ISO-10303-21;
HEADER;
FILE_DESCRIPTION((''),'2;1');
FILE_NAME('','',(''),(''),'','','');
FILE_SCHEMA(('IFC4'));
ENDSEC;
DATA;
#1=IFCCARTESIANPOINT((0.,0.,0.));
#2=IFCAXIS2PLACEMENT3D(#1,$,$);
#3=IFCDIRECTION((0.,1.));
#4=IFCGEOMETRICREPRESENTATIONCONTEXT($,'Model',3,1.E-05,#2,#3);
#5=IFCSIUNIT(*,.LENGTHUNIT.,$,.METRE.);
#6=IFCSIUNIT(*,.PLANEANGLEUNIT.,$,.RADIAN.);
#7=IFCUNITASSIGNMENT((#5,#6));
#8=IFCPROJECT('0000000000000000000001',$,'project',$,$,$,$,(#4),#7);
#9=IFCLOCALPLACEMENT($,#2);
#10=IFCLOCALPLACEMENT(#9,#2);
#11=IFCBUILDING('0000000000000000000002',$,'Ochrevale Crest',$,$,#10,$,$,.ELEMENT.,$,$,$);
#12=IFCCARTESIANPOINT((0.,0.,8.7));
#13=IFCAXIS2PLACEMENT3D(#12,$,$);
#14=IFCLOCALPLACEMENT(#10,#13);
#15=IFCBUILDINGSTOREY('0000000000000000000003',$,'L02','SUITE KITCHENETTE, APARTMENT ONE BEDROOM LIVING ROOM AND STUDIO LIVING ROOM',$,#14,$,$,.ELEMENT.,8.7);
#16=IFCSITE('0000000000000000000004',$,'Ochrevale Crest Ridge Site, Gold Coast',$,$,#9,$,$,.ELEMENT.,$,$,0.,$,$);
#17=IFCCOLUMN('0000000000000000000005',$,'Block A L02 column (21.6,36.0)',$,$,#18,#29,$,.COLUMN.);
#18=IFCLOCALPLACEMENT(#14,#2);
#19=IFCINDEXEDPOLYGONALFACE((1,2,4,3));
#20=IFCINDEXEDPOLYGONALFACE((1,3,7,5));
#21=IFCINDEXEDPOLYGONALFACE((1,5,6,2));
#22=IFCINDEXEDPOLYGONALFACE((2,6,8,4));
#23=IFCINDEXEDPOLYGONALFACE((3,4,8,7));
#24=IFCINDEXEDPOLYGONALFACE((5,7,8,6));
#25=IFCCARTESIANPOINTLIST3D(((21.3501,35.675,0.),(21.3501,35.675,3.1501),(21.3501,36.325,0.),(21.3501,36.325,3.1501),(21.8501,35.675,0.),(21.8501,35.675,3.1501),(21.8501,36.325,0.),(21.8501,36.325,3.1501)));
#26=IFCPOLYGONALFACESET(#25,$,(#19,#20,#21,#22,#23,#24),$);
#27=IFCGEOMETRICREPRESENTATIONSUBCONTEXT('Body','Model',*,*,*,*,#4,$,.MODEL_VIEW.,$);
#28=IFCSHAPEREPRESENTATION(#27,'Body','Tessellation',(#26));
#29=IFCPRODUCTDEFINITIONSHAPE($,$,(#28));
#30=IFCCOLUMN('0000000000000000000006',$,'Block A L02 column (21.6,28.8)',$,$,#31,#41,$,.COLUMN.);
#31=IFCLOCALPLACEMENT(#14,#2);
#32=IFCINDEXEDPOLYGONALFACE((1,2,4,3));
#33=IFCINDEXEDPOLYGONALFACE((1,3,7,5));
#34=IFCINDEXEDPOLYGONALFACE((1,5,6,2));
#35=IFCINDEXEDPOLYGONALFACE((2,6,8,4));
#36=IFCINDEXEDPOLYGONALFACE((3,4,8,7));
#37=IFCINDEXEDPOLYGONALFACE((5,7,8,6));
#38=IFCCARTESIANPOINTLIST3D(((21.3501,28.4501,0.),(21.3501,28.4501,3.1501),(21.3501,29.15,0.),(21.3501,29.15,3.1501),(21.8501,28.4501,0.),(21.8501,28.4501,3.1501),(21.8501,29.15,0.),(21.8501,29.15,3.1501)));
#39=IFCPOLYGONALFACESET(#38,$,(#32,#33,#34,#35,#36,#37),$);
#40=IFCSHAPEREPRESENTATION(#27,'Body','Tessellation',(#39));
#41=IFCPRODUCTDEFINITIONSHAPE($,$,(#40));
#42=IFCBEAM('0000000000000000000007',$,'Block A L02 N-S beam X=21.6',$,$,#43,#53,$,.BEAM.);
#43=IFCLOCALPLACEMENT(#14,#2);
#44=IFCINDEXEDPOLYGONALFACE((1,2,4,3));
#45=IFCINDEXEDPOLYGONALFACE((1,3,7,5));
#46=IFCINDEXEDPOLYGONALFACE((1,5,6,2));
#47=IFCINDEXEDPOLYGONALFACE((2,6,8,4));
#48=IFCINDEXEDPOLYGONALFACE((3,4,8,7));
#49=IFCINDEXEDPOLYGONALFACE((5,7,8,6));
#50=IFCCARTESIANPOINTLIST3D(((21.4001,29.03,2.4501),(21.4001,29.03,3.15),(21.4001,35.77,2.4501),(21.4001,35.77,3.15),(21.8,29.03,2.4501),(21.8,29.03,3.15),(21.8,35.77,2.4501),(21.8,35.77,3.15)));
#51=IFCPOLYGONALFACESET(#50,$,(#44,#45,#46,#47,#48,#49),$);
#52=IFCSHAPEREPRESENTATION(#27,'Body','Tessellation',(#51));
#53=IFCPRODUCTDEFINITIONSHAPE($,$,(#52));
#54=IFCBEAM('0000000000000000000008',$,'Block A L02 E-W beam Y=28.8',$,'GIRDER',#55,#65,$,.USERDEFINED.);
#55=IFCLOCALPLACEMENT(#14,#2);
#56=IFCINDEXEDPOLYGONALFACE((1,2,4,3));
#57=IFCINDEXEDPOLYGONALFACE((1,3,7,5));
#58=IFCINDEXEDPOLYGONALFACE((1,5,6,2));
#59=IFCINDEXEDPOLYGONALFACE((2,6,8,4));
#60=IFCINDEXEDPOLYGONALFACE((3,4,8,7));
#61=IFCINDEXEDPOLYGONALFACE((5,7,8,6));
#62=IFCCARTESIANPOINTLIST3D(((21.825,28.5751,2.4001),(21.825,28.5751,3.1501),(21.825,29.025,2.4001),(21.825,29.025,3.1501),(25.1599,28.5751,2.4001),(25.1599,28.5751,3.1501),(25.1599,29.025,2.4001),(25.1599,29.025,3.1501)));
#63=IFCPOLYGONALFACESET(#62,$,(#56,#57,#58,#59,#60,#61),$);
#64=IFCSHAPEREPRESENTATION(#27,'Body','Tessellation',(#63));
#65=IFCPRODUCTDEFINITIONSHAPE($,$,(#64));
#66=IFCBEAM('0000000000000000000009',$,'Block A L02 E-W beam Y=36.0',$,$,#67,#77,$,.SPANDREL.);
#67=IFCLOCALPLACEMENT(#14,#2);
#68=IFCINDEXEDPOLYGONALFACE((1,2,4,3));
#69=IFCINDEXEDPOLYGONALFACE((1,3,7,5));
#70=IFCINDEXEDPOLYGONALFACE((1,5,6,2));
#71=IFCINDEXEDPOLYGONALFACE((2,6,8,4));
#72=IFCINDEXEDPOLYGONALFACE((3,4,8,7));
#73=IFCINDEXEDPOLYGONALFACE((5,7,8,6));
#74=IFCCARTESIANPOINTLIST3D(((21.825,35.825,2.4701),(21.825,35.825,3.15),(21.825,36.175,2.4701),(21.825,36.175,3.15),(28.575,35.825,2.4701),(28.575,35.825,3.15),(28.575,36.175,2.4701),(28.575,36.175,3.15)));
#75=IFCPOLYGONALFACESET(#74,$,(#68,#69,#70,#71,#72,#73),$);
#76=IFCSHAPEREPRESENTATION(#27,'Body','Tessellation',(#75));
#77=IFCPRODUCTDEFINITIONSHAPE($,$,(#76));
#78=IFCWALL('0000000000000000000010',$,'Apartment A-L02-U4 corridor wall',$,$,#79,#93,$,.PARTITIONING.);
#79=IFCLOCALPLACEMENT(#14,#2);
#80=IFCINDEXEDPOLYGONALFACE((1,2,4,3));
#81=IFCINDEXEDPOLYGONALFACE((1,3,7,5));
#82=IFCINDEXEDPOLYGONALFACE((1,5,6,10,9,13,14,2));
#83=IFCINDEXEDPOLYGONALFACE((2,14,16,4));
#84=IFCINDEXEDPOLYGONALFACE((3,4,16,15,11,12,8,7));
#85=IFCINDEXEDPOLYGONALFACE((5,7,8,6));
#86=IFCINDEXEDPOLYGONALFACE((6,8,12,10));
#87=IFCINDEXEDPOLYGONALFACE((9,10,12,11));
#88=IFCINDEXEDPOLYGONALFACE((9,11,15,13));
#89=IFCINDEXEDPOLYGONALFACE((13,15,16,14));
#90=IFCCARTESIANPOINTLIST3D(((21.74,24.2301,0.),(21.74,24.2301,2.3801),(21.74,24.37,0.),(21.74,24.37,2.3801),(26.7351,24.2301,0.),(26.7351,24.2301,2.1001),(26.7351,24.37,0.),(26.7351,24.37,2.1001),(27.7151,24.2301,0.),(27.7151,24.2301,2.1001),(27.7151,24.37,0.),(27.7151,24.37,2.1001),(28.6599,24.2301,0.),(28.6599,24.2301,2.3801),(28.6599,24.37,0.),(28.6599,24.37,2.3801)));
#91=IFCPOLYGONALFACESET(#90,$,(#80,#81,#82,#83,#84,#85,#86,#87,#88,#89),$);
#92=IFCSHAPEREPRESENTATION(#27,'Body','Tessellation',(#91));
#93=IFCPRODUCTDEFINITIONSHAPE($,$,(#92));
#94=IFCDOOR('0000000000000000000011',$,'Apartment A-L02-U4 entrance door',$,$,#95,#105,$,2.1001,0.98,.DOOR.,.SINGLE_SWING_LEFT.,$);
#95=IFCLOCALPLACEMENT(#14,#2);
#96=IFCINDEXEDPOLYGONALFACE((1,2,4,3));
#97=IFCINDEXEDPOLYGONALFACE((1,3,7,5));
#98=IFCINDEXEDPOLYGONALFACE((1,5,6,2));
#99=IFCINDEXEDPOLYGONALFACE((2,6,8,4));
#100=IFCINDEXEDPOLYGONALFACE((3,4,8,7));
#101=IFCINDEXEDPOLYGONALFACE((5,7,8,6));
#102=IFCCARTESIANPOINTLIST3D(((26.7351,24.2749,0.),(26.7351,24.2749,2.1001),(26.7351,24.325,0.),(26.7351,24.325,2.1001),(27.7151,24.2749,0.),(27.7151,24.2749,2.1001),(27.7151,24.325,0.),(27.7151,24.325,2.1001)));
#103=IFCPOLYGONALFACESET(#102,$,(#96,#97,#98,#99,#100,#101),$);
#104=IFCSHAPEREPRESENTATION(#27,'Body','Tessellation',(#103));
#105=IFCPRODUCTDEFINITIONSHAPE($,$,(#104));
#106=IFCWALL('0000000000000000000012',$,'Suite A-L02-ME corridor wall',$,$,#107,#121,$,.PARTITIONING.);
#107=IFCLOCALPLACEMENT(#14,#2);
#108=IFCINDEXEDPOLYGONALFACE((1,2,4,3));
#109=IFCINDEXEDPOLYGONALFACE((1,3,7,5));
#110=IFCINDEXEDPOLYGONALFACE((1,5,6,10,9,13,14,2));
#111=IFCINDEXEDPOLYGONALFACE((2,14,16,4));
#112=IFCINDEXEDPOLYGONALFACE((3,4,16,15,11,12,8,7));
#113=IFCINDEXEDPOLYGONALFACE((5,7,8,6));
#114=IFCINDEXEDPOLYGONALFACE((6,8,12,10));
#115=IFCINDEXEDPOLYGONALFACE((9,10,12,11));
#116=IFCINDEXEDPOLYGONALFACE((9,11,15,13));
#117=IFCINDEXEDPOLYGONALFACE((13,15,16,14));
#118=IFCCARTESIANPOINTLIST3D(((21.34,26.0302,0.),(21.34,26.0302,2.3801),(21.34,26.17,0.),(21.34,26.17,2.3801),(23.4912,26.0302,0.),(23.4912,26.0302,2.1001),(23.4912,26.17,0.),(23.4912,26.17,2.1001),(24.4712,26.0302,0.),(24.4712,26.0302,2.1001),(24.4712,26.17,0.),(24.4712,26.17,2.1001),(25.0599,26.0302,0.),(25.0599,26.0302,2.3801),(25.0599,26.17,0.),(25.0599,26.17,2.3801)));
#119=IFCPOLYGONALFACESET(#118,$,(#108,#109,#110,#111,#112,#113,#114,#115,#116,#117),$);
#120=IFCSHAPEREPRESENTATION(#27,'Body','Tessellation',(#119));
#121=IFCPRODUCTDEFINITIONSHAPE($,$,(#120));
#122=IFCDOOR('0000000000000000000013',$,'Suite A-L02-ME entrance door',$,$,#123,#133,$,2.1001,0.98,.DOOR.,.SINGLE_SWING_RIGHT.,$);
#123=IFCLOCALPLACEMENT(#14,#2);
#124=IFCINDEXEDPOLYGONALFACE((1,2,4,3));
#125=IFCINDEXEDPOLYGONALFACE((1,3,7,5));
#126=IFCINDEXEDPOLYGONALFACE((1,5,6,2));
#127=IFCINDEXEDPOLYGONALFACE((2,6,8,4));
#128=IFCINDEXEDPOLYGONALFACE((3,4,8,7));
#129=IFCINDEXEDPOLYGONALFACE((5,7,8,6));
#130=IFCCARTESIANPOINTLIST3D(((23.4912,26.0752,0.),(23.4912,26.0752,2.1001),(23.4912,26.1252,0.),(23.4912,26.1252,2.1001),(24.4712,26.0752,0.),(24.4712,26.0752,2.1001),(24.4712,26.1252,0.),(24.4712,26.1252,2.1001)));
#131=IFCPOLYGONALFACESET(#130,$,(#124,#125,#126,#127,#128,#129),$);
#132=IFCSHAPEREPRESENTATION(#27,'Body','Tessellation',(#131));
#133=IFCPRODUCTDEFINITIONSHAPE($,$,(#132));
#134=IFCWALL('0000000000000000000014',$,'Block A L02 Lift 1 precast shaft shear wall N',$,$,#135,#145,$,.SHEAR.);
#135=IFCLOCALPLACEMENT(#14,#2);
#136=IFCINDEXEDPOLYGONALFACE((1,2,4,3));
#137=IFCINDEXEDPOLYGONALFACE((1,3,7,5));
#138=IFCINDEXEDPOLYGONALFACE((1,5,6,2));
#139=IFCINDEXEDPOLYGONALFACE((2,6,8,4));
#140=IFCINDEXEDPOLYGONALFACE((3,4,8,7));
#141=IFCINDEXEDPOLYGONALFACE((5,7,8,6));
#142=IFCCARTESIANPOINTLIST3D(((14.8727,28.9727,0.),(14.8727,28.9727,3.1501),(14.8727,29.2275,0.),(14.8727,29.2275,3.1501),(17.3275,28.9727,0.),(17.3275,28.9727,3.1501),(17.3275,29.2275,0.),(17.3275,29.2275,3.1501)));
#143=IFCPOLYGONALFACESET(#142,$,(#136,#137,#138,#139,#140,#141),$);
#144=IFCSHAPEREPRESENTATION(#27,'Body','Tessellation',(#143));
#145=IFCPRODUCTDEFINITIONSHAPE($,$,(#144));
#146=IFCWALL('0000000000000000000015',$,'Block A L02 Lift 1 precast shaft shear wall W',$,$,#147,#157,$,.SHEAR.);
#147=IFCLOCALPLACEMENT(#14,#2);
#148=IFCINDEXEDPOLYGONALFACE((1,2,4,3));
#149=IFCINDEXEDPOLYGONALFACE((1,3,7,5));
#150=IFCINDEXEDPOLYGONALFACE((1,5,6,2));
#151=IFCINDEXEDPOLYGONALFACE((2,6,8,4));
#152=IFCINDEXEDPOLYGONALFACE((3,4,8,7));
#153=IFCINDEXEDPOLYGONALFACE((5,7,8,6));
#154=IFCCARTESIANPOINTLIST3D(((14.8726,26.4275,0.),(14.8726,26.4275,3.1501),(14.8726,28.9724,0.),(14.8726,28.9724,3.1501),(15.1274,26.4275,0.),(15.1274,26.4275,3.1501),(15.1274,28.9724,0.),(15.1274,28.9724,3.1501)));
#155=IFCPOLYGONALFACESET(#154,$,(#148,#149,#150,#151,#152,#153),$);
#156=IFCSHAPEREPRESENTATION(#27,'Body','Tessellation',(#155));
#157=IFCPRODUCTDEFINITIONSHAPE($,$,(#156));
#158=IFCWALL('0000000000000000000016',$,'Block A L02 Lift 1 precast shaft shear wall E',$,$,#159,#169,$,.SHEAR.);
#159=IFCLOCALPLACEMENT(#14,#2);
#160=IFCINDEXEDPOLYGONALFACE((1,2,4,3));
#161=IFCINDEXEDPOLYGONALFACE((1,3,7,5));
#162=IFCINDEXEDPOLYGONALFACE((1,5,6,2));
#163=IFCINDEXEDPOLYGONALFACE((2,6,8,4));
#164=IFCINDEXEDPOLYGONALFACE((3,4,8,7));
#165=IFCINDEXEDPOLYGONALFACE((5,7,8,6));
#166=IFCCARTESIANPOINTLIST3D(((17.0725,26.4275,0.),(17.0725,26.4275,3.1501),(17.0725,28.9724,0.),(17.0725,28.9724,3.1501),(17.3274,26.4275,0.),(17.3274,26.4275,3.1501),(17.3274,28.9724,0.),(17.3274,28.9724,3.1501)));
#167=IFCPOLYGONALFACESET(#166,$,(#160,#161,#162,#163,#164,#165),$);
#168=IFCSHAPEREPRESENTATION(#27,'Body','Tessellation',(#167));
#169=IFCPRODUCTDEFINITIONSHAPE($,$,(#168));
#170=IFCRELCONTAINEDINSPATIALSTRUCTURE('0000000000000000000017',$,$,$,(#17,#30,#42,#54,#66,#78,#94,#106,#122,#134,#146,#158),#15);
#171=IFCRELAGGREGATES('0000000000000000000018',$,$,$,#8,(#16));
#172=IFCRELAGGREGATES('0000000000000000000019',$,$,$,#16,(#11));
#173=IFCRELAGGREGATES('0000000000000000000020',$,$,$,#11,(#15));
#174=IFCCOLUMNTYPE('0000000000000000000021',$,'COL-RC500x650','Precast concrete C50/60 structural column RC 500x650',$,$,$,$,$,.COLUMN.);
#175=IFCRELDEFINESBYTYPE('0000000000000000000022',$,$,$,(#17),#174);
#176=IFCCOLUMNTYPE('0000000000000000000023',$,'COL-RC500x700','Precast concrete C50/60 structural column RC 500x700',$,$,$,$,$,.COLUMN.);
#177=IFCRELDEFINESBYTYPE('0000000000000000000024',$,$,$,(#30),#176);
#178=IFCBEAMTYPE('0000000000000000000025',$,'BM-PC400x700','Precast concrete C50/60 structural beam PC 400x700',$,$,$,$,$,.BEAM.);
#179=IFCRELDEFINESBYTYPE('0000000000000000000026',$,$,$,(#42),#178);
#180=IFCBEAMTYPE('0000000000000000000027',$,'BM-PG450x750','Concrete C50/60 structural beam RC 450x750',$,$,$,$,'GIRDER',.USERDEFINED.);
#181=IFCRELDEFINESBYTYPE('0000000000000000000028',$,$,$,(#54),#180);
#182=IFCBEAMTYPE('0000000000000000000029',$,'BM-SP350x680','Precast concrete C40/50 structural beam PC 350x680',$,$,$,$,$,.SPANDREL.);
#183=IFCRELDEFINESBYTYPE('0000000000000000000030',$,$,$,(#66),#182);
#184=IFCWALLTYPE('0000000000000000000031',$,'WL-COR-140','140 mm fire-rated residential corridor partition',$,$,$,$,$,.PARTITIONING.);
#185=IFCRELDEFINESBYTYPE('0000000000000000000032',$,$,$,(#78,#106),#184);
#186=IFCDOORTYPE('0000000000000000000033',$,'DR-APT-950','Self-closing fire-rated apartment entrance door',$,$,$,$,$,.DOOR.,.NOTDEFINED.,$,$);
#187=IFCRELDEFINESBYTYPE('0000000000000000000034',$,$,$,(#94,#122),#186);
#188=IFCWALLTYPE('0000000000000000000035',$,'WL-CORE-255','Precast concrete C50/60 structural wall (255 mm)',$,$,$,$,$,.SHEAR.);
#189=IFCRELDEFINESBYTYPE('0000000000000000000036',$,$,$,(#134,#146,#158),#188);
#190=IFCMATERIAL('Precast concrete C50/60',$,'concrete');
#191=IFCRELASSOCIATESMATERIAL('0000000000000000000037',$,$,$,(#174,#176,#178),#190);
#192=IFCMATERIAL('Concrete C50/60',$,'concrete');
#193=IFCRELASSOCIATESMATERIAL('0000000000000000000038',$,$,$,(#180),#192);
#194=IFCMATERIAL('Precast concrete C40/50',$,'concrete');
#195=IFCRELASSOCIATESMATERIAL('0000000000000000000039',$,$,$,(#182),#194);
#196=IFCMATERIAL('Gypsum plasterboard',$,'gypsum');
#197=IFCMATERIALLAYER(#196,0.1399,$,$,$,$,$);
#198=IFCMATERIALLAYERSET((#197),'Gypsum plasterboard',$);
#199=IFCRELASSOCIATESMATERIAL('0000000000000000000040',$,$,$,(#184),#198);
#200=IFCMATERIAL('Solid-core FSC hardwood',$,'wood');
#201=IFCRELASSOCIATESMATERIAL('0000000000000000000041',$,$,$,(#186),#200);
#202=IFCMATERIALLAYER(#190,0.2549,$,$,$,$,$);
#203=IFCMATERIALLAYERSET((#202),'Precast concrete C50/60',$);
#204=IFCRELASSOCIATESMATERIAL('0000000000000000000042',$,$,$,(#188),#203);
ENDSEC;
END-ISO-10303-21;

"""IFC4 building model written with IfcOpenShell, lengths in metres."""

from ifc_helpers import new_model, si_unit, direction, frame, frame_2d, origin, origin_2d, place, context, subcontext, project, spatial, rectangle, extrude, material, layer, layer_set, material_profile, profile_set, type_object, element, fill, save


model = new_model("IFC4")

# Units and contexts
model_context = context("Model", 3, precision=1e-05, world=origin(), true_north=direction((0.0, 1.0)))
body_context = subcontext(model_context, "Body", "Model", "MODEL_VIEW")
ifc_project = project(units=[si_unit("LENGTHUNIT", "METRE"), si_unit("PLANEANGLEUNIT", "RADIAN")], contexts=[model_context])

# Site, building, storey
site_placement = place(None, origin())
site = spatial("IfcSite", under=ifc_project, at=site_placement, Name="Ochrevale Crest Ridge Site, Gold Coast", CompositionType="ELEMENT", RefElevation=0.0)
building_placement = place(site_placement, origin())
building = spatial("IfcBuilding", under=site, at=building_placement, Name="Ochrevale Crest", CompositionType="ELEMENT")
storey_placement = place(building_placement, frame((0.0, 0.0, 8.7)))
storey = spatial("IfcBuildingStorey", under=building, at=storey_placement, Name="L02", Description="SUITE KITCHENETTE, APARTMENT ONE BEDROOM LIVING ROOM AND STUDIO LIVING ROOM", CompositionType="ELEMENT", Elevation=8.7)

# Columns
ifc_material_1 = material(Name="Precast concrete C50/60", Category="concrete")
ifc_material_profile_1 = material_profile(ifc_material_1, rectangle(XDim=0.5, YDim=0.6499, at=origin_2d()), Name="RC 500x650")
ifc_profile_set_1 = profile_set([ifc_material_profile_1], Name="Precast concrete C50/60")
column_type_1 = type_object("IfcColumnType", Name="COL-RC500x650", Description="Precast concrete C50/60 structural column RC 500x650", PredefinedType="COLUMN", material=ifc_profile_set_1)
column_1_placement = place(storey_placement, frame((21.6001, 36.0, 0.0), z_axis=(0.0, 0.0, 1.0), x_axis=(1.0, 0.0, 0.0)))
element("IfcColumn", 1, at=column_1_placement, inside=storey, type_object=column_type_1, Name="Block A L02 column (21.6,36.0)", PredefinedType="COLUMN", context=body_context, shape_type="SweptSolid", body=[
    extrude(rectangle(XDim=0.5, YDim=0.6499, at=origin_2d()), origin(), (0.0, 0.0, 1.0), 3.1501),
])
ifc_material_profile_2 = material_profile(ifc_material_1, rectangle(XDim=0.5, YDim=0.7, at=origin_2d()), Name="RC 500x700")
ifc_profile_set_2 = profile_set([ifc_material_profile_2], Name="Precast concrete C50/60")
column_type_2 = type_object("IfcColumnType", Name="COL-RC500x700", Description="Precast concrete C50/60 structural column RC 500x700", PredefinedType="COLUMN", material=ifc_profile_set_2)
column_2_placement = place(storey_placement, frame((21.6001, 28.8, 0.0), z_axis=(0.0, 0.0, 1.0), x_axis=(1.0, 0.0, 0.0)))
element("IfcColumn", 2, at=column_2_placement, inside=storey, type_object=column_type_2, Name="Block A L02 column (21.6,28.8)", PredefinedType="COLUMN", context=body_context, shape_type="SweptSolid", body=[
    extrude(rectangle(XDim=0.5, YDim=0.7, at=origin_2d()), origin(), (0.0, 0.0, 1.0), 3.1501),
])

# Beams
ifc_material_profile_3 = material_profile(ifc_material_1, rectangle(XDim=0.3999, YDim=0.7, at=origin_2d()), Name="PC 400x700")
ifc_profile_set_3 = profile_set([ifc_material_profile_3], Name="Precast concrete C50/60")
beam_type_1 = type_object("IfcBeamType", Name="BM-PC400x700", Description="Precast concrete C50/60 structural beam PC 400x700", PredefinedType="BEAM", material=ifc_profile_set_3)
beam_1_placement = place(storey_placement, frame((21.6001, 29.03, 2.8), z_axis=(0.0, 1.0, 0.0), x_axis=(-1.0, 0.0, 0.0)))
element("IfcBeam", 3, at=beam_1_placement, inside=storey, type_object=beam_type_1, Name="Block A L02 N-S beam X=21.6", PredefinedType="BEAM", context=body_context, shape_type="SweptSolid", body=[
    extrude(rectangle(XDim=0.3999, YDim=0.7, at=origin_2d()), origin(), (0.0, 0.0, 1.0), 6.74),
])
ifc_material_2 = material(Name="Concrete C50/60", Category="concrete")
ifc_material_profile_4 = material_profile(ifc_material_2, rectangle(XDim=0.45, YDim=0.75, at=origin_2d()), Name="RC 450x750")
ifc_profile_set_4 = profile_set([ifc_material_profile_4], Name="Concrete C50/60")
beam_type_2 = type_object("IfcBeamType", Name="BM-PG450x750", Description="Concrete C50/60 structural beam RC 450x750", ElementType="GIRDER", PredefinedType="USERDEFINED", material=ifc_profile_set_4)
beam_2_placement = place(storey_placement, frame((21.825, 28.8, 2.7751), z_axis=(1.0, 0.0, 0.0), x_axis=(0.0, 1.0, 0.0)))
element("IfcBeam", 4, at=beam_2_placement, inside=storey, type_object=beam_type_2, Name="Block A L02 E-W beam Y=28.8", ObjectType="GIRDER", PredefinedType="USERDEFINED", context=body_context, shape_type="SweptSolid", body=[
    extrude(rectangle(XDim=0.45, YDim=0.75, at=origin_2d()), origin(), (0.0, 0.0, 1.0), 3.335),
])
ifc_material_3 = material(Name="Precast concrete C40/50", Category="concrete")
ifc_material_profile_5 = material_profile(ifc_material_3, rectangle(XDim=0.3501, YDim=0.6799, at=origin_2d()), Name="PC 350x680")
ifc_profile_set_5 = profile_set([ifc_material_profile_5], Name="Precast concrete C40/50")
beam_type_3 = type_object("IfcBeamType", Name="BM-SP350x680", Description="Precast concrete C40/50 structural beam PC 350x680", PredefinedType="SPANDREL", material=ifc_profile_set_5)
beam_3_placement = place(storey_placement, frame((21.825, 36.0, 2.8101), z_axis=(1.0, 0.0, 0.0), x_axis=(0.0, 1.0, 0.0)))
element("IfcBeam", 5, at=beam_3_placement, inside=storey, type_object=beam_type_3, Name="Block A L02 E-W beam Y=36.0", PredefinedType="SPANDREL", context=body_context, shape_type="SweptSolid", body=[
    extrude(rectangle(XDim=0.3501, YDim=0.6799, at=origin_2d()), origin(), (0.0, 0.0, 1.0), 6.75),
])

# Walls, openings, doors
ifc_material_4 = material(Name="Gypsum plasterboard", Category="gypsum")
ifc_layer_1 = layer(ifc_material_4, 0.1399)
ifc_layer_set_1 = layer_set([ifc_layer_1], Name="Gypsum plasterboard")
wall_type_1 = type_object("IfcWallType", Name="WL-COR-140", Description="140 mm fire-rated residential corridor partition", PredefinedType="PARTITIONING", material=ifc_layer_set_1)
wall_1_placement = place(storey_placement, frame((21.74, 24.3, 0.0), z_axis=(0.0, 0.0, 1.0), x_axis=(1.0, 0.0, 0.0)))
wall_1 = element("IfcWall", 6, at=wall_1_placement, inside=storey, type_object=wall_type_1, Name="Apartment A-L02-U4 corridor wall", PredefinedType="PARTITIONING", context=body_context, shape_type="SweptSolid", body=[
    extrude(rectangle(XDim=6.9199, YDim=0.1399, at=frame_2d((3.46, 0.0))), origin(), (0.0, 0.0, 1.0), 2.3801),
])
opening_1_placement = place(wall_1_placement, frame((4.9951, 0.0, 0.0)))
opening_1 = element("IfcOpeningElement", 7, at=opening_1_placement, cuts=wall_1, PredefinedType="OPENING", context=body_context, shape_type="SweptSolid", body=[
    extrude(rectangle(XDim=0.98, YDim=2.1001, at=frame_2d((0.49, 1.05))), frame((0.0, 0.0801, 0.0), z_axis=(0.0, -1.0, 0.0), x_axis=(1.0, 0.0, 0.0)), (0.0, 0.0, 1.0), 0.1599),
])
ifc_material_5 = material(Name="Solid-core FSC hardwood", Category="wood")
door_type_1 = type_object("IfcDoorType", Name="DR-APT-950", Description="Self-closing fire-rated apartment entrance door", OperationType="NOTDEFINED", PredefinedType="DOOR", material=ifc_material_5)
door_1_placement = place(opening_1_placement, origin())
door_1 = element("IfcDoor", 8, at=door_1_placement, inside=storey, type_object=door_type_1, Name="Apartment A-L02-U4 entrance door", OperationType="SINGLE_SWING_LEFT", OverallHeight=2.1001, OverallWidth=0.98, PredefinedType="DOOR", context=body_context, shape_type="SweptSolid", body=[
    extrude(rectangle(XDim=0.98, YDim=2.1001, at=frame_2d((0.49, 1.05))), frame((0.0, 0.0249, 0.0), z_axis=(0.0, -1.0, 0.0), x_axis=(1.0, 0.0, 0.0)), (0.0, 0.0, 1.0), 0.05),
])
fill(opening_1, door_1)
wall_2_placement = place(storey_placement, frame((21.3401, 26.1001, 0.0), z_axis=(0.0, 0.0, 1.0), x_axis=(1.0, 0.0, 0.0)))
wall_2 = element("IfcWall", 9, at=wall_2_placement, inside=storey, type_object=wall_type_1, Name="Suite A-L02-ME corridor wall", PredefinedType="PARTITIONING", context=body_context, shape_type="SweptSolid", body=[
    extrude(rectangle(XDim=3.72, YDim=0.1399, at=frame_2d((1.8599, 0.0))), origin(), (0.0, 0.0, 1.0), 2.3801),
])
opening_2_placement = place(wall_2_placement, frame((3.1311, 0.0, 0.0), z_axis=(0.0, 0.0, 1.0), x_axis=(-1.0, 0.0, 0.0)))
opening_2 = element("IfcOpeningElement", 10, at=opening_2_placement, cuts=wall_2, PredefinedType="OPENING", context=body_context, shape_type="SweptSolid", body=[
    extrude(rectangle(XDim=0.98, YDim=2.1001, at=frame_2d((0.49, 1.05))), frame((0.0, 0.0801, 0.0), z_axis=(0.0, -1.0, 0.0), x_axis=(1.0, 0.0, 0.0)), (0.0, 0.0, 1.0), 0.1599),
])
door_2_placement = place(opening_2_placement, origin())
door_2 = element("IfcDoor", 11, at=door_2_placement, inside=storey, type_object=door_type_1, Name="Suite A-L02-ME entrance door", OperationType="SINGLE_SWING_RIGHT", OverallHeight=2.1001, OverallWidth=0.98, PredefinedType="DOOR", context=body_context, shape_type="SweptSolid", body=[
    extrude(rectangle(XDim=0.98, YDim=2.1001, at=frame_2d((0.49, 1.05))), frame((0.0, 0.0249, 0.0), z_axis=(0.0, -1.0, 0.0), x_axis=(1.0, 0.0, 0.0)), (0.0, 0.0, 1.0), 0.05),
])
fill(opening_2, door_2)

# Walls
ifc_layer_2 = layer(ifc_material_1, 0.2549)
ifc_layer_set_2 = layer_set([ifc_layer_2], Name="Precast concrete C50/60")
wall_type_2 = type_object("IfcWallType", Name="WL-CORE-255", Description="Precast concrete C50/60 structural wall (255 mm)", PredefinedType="SHEAR", material=ifc_layer_set_2)
wall_3_placement = place(storey_placement, frame((14.8726, 29.1001, 0.0), z_axis=(0.0, 0.0, 1.0), x_axis=(1.0, 0.0, 0.0)))
element("IfcWall", 12, at=wall_3_placement, inside=storey, type_object=wall_type_2, Name="Block A L02 Lift 1 precast shaft shear wall N", PredefinedType="SHEAR", context=body_context, shape_type="SweptSolid", body=[
    extrude(rectangle(XDim=2.4548, YDim=0.2549, at=frame_2d((1.2275, 0.0))), origin(), (0.0, 0.0, 1.0), 3.1501),
])
for number, where, z_axis, x_axis, name in (
    (13, (15.0, 26.4275, 0.0), (0.0, 0.0, 1.0), (0.0, 1.0, 0.0), "Block A L02 Lift 1 precast shaft shear wall W"),
    (14, (17.2, 26.4275, 0.0), (0.0, 0.0, 1.0), (0.0, 1.0, 0.0), "Block A L02 Lift 1 precast shaft shear wall E"),
):
    element("IfcWall", number, at=place(storey_placement, frame(where, z_axis=z_axis, x_axis=x_axis)), inside=storey, type_object=wall_type_2, Name=name, PredefinedType="SHEAR", context=body_context, shape_type="SweptSolid", body=[
        extrude(rectangle(XDim=2.5449, YDim=0.2549, at=frame_2d((1.2725, 0.0))), origin(), (0.0, 0.0, 1.0), 3.1501),
    ])

save(model, "model.ifc")
